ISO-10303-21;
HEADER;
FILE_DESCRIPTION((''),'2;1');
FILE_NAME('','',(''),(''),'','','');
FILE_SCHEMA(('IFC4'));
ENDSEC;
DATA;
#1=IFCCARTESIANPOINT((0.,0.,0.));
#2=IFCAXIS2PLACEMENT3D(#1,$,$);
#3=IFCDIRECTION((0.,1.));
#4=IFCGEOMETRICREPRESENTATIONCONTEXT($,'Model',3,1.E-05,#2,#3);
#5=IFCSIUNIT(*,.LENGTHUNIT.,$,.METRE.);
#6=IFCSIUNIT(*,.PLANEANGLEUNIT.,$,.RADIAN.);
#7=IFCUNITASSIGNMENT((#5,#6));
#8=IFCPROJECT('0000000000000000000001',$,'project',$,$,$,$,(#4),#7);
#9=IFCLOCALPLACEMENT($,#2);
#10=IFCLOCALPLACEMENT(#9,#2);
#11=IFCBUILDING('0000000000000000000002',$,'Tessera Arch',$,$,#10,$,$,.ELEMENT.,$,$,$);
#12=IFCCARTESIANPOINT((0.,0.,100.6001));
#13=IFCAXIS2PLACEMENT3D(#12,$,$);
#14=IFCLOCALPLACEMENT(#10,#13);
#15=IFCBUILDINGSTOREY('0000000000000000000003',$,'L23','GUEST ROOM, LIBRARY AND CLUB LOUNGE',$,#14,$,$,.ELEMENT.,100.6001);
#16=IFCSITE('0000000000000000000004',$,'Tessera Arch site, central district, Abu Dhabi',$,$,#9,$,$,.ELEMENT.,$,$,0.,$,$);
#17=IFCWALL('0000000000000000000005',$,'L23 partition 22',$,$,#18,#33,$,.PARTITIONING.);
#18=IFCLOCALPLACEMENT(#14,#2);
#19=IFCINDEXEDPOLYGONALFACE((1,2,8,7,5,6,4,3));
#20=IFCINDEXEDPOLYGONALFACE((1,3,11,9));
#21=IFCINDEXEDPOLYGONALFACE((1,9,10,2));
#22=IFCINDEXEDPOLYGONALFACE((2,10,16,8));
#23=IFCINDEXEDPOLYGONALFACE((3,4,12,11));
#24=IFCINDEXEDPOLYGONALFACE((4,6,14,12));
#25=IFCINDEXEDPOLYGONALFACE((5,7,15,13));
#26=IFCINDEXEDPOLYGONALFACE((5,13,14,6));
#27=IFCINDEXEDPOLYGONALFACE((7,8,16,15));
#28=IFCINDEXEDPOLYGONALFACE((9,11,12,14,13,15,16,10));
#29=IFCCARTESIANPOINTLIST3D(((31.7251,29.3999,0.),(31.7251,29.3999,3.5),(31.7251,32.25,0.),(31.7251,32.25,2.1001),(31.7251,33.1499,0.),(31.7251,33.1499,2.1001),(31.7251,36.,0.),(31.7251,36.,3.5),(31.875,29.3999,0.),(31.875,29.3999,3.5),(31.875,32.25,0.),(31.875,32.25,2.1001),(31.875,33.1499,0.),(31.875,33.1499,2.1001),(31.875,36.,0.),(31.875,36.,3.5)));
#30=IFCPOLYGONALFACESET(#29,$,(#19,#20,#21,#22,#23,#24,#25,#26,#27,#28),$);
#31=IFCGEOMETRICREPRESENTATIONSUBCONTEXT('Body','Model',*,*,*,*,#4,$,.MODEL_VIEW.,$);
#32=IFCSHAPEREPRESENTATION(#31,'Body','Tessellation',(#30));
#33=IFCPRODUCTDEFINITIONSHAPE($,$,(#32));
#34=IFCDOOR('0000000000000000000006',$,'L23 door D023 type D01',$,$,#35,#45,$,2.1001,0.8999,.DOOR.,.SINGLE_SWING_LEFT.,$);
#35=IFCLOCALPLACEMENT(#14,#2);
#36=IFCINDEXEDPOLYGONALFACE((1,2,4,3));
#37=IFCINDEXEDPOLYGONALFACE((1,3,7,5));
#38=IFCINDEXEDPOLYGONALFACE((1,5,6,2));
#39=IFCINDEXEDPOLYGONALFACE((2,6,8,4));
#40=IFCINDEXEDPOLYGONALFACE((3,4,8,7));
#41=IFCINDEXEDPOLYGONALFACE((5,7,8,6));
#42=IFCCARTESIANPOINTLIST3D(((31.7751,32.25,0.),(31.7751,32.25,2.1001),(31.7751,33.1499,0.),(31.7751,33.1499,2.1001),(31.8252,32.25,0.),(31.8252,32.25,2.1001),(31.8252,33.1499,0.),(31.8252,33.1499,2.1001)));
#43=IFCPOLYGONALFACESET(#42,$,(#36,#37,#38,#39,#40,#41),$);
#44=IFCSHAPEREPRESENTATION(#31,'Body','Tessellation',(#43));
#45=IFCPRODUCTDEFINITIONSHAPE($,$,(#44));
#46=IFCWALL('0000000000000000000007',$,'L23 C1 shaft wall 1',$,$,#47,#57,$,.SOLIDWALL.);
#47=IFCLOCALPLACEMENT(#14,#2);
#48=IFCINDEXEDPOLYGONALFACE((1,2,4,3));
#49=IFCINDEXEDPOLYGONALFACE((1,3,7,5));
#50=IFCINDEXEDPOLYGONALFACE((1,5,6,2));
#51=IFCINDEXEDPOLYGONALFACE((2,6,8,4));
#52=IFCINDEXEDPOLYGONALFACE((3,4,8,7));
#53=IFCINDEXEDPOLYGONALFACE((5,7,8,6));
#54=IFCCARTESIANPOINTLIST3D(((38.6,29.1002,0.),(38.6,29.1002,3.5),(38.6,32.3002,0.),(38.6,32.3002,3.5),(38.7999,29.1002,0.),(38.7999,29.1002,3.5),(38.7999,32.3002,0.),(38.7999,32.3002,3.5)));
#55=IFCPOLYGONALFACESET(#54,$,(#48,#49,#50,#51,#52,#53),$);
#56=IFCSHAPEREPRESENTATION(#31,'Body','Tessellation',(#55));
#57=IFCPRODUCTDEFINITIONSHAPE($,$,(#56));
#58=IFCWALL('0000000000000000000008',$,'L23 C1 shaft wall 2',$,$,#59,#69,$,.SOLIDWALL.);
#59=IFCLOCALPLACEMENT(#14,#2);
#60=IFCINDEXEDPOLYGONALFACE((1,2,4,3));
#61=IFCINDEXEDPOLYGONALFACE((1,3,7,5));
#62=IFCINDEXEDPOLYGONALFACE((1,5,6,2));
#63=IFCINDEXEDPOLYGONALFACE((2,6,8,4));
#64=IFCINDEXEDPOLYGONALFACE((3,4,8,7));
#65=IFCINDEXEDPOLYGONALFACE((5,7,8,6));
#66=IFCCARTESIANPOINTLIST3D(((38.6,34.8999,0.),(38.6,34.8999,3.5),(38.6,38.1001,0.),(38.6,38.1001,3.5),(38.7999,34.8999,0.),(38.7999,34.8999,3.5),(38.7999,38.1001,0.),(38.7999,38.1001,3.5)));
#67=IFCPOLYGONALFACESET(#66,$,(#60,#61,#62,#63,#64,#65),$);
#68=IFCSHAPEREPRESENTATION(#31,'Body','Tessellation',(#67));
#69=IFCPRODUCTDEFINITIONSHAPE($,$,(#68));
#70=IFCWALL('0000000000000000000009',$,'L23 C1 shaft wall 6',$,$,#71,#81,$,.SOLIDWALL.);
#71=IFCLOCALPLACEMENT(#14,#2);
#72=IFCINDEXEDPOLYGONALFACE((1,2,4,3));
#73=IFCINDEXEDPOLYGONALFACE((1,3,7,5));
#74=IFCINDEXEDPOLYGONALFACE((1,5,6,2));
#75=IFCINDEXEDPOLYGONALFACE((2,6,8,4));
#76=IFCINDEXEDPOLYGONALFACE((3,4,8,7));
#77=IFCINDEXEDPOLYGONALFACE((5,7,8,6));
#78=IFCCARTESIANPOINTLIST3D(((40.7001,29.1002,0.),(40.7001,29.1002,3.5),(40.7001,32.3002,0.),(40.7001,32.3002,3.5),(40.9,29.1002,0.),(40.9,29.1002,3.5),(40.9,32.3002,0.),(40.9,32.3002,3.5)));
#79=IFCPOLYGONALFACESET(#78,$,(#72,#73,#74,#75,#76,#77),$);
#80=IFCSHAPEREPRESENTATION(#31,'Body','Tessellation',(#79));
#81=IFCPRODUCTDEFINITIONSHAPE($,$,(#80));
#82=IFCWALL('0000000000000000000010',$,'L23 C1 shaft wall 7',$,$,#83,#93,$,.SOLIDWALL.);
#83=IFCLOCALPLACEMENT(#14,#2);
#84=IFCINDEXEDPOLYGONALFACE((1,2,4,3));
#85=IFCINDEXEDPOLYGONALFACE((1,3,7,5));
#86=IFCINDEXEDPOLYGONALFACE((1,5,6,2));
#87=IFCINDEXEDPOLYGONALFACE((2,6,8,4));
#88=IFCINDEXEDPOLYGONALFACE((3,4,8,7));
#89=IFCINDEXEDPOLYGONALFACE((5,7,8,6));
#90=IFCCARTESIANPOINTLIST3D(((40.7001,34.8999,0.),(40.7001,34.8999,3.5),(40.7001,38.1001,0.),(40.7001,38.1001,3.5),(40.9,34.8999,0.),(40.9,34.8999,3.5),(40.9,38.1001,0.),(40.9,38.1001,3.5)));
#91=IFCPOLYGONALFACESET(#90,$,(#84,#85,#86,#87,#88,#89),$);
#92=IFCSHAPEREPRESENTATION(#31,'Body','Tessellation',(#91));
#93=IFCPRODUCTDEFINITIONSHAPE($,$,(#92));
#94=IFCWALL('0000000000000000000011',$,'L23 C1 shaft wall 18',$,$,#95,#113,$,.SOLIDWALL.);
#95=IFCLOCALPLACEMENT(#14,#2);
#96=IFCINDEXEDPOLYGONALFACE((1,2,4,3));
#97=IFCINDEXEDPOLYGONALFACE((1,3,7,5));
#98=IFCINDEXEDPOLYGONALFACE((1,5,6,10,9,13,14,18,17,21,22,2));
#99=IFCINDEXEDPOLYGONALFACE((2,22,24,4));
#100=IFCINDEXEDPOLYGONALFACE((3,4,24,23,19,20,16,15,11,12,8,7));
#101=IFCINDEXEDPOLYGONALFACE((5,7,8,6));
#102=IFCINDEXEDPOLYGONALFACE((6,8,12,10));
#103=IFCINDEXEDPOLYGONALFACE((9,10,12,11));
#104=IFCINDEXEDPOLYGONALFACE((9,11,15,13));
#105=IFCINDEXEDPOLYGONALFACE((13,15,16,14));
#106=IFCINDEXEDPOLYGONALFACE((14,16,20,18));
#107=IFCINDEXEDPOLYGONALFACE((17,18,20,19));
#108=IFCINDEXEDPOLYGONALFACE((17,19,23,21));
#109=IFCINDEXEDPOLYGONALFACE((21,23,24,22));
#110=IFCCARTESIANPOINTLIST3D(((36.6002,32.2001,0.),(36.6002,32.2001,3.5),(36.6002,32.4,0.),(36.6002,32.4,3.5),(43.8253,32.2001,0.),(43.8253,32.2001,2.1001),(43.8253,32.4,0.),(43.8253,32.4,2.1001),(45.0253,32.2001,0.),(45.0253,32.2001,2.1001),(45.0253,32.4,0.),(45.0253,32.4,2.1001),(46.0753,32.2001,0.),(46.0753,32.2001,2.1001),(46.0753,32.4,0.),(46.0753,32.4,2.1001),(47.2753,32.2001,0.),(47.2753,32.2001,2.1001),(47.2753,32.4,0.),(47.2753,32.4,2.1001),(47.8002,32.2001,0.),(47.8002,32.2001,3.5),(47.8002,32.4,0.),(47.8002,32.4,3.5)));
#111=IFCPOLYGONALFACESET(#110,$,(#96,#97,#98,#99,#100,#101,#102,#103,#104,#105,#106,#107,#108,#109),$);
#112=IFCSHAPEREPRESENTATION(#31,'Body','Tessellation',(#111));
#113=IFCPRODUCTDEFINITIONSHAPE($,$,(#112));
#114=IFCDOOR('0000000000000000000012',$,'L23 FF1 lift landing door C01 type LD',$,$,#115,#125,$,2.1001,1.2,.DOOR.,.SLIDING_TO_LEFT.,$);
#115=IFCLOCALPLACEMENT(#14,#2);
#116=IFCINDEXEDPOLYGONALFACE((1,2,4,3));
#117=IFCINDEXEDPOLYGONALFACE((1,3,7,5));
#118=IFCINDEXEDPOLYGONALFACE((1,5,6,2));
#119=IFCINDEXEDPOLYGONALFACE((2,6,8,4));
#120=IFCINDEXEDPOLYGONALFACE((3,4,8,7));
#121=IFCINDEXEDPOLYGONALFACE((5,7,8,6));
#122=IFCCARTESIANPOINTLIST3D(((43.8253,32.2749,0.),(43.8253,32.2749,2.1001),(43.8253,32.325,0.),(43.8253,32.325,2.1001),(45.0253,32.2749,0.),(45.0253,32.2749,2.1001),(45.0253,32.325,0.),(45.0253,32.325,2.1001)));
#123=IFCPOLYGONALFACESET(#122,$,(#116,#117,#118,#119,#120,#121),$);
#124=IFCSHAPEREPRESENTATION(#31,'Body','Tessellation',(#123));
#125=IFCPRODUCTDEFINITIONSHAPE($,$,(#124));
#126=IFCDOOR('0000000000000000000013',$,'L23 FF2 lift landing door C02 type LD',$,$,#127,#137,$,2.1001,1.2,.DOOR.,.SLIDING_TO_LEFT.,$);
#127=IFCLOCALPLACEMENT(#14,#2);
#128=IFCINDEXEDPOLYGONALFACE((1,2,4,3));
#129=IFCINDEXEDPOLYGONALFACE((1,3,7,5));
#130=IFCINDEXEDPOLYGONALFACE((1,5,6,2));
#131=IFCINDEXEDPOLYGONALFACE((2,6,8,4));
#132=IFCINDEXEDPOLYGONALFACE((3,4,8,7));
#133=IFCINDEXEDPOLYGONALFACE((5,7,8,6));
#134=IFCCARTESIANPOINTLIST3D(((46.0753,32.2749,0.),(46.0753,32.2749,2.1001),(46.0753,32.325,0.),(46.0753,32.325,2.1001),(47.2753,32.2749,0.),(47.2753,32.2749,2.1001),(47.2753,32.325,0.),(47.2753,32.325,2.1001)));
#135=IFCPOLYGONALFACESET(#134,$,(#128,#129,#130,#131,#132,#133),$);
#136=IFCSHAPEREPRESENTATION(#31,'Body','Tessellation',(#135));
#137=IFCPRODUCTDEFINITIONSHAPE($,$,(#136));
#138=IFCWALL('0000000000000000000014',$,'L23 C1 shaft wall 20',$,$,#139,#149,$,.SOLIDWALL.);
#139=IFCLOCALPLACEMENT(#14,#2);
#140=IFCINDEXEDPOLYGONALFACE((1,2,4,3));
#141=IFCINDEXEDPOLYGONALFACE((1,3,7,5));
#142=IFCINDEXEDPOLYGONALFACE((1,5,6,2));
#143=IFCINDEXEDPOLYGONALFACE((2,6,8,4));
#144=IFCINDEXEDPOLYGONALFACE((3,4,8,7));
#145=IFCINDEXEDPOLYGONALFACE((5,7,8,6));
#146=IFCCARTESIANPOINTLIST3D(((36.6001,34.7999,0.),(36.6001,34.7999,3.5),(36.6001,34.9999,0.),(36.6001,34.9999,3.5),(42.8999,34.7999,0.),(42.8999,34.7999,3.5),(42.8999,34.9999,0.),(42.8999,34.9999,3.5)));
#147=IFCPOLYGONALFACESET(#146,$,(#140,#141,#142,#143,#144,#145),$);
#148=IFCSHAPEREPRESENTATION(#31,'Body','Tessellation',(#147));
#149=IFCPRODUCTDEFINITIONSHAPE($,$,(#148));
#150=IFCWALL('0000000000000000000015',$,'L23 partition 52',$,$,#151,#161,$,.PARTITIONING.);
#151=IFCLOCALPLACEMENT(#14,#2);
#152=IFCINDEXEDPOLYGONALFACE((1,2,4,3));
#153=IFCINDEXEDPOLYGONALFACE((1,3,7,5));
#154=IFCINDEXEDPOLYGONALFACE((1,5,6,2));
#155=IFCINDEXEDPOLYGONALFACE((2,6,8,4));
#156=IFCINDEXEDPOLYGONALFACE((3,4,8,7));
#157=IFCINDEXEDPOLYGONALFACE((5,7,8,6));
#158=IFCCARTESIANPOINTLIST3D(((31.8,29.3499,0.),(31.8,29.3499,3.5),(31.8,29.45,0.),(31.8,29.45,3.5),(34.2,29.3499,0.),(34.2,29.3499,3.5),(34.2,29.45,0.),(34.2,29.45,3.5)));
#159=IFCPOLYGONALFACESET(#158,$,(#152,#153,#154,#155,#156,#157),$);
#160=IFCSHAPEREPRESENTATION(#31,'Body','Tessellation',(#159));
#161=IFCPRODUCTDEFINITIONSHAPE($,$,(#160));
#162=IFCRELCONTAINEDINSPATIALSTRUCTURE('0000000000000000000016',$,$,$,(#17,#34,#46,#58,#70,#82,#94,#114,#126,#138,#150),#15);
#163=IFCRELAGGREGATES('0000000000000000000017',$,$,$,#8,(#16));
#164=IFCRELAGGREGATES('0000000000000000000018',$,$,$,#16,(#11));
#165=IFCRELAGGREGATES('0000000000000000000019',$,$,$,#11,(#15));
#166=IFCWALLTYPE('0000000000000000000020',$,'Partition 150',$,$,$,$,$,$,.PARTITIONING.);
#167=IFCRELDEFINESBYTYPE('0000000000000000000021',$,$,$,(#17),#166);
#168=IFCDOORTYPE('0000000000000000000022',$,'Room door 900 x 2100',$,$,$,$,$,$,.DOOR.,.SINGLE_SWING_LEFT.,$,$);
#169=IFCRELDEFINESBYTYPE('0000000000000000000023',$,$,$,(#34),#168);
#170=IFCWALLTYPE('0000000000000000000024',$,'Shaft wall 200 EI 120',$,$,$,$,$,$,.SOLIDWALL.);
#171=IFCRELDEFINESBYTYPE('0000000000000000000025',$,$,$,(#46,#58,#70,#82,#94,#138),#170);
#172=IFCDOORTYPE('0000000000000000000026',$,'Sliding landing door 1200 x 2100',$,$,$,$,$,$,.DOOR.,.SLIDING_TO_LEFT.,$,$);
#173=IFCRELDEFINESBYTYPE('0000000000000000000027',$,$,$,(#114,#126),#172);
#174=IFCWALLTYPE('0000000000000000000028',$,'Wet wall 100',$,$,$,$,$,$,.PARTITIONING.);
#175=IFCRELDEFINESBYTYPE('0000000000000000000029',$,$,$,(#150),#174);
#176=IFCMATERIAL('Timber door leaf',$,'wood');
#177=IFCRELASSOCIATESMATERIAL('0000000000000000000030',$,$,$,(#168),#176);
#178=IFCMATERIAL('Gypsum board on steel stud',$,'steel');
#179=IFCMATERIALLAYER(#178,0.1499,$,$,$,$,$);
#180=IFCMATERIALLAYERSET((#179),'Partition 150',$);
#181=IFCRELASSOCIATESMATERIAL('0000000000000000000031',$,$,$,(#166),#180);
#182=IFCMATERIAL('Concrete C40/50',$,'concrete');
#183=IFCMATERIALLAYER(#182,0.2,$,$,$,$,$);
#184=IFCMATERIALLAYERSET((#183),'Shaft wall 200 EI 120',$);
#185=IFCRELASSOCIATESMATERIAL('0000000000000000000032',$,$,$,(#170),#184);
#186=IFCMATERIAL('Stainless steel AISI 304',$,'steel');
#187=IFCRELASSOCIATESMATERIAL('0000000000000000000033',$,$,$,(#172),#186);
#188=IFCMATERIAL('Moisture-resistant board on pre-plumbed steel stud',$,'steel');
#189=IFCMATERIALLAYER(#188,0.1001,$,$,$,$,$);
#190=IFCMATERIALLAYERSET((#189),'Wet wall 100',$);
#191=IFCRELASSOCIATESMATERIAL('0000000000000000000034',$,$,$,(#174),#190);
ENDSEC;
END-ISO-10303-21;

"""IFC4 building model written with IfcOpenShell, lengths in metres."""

from ifc_helpers import new_model, si_unit, direction, frame, frame_2d, origin, place, context, subcontext, project, spatial, rectangle, extrude, material, layer, layer_set, type_object, element, fill, save


model = new_model("IFC4")

# Units and contexts
model_context = context("Model", 3, precision=1e-05, world=origin(), true_north=direction((0.0, 1.0)))
body_context = subcontext(model_context, "Body", "Model", "MODEL_VIEW")
ifc_project = project(units=[si_unit("LENGTHUNIT", "METRE"), si_unit("PLANEANGLEUNIT", "RADIAN")], contexts=[model_context])

# Site, building, storey
site_placement = place(None, origin())
site = spatial("IfcSite", under=ifc_project, at=site_placement, Name="Tessera Arch site, central district, Abu Dhabi", CompositionType="ELEMENT", RefElevation=0.0)
building_placement = place(site_placement, origin())
building = spatial("IfcBuilding", under=site, at=building_placement, Name="Tessera Arch", CompositionType="ELEMENT")
storey_placement = place(building_placement, frame((0.0, 0.0, 100.6001)))
storey = spatial("IfcBuildingStorey", under=building, at=storey_placement, Name="L23", Description="GUEST ROOM, LIBRARY AND CLUB LOUNGE", CompositionType="ELEMENT", Elevation=100.6001)

# Shared definitions
ifc_material_1 = material(Name="Timber door leaf", Category="wood")
door_type_1 = type_object("IfcDoorType", Name="Room door 900 x 2100", OperationType="SINGLE_SWING_LEFT", PredefinedType="DOOR", material=ifc_material_1)

# Wall, opening, door
ifc_material_2 = material(Name="Gypsum board on steel stud", Category="steel")
ifc_layer_1 = layer(ifc_material_2, 0.1499)
ifc_layer_set_1 = layer_set([ifc_layer_1], Name="Partition 150")
wall_type_1 = type_object("IfcWallType", Name="Partition 150", PredefinedType="PARTITIONING", material=ifc_layer_set_1)
wall_1_placement = place(storey_placement, frame((31.8, 29.3999, 0.0), z_axis=(0.0, 0.0, 1.0), x_axis=(0.0, 1.0, 0.0)))
wall_1 = element("IfcWall", 1, at=wall_1_placement, inside=storey, type_object=wall_type_1, Name="L23 partition 22", PredefinedType="PARTITIONING", context=body_context, shape_type="SweptSolid", body=[
    extrude(rectangle(XDim=6.6001, YDim=0.1499, at=frame_2d((3.3, 0.0))), origin(), (0.0, 0.0, 1.0), 3.5),
])
opening_1_placement = place(wall_1_placement, frame((2.8501, 0.0, 0.0)))
opening_1 = element("IfcOpeningElement", 2, at=opening_1_placement, cuts=wall_1, PredefinedType="OPENING", context=body_context, shape_type="SweptSolid", body=[
    extrude(rectangle(XDim=0.8999, YDim=2.1001, at=frame_2d((0.45, 1.05))), frame((0.0, 0.085, 0.0), z_axis=(0.0, -1.0, 0.0), x_axis=(1.0, 0.0, 0.0)), (0.0, 0.0, 1.0), 0.1699),
])
door_1_placement = place(opening_1_placement, origin())
door_1 = element("IfcDoor", 3, at=door_1_placement, inside=storey, type_object=door_type_1, Name="L23 door D023 type D01", OperationType="SINGLE_SWING_LEFT", OverallHeight=2.1001, OverallWidth=0.8999, PredefinedType="DOOR", context=body_context, shape_type="SweptSolid", body=[
    extrude(rectangle(XDim=0.8999, YDim=2.1001, at=frame_2d((0.45, 1.05))), frame((0.0, 0.0249, 0.0), z_axis=(0.0, -1.0, 0.0), x_axis=(1.0, 0.0, 0.0)), (0.0, 0.0, 1.0), 0.05),
])
fill(opening_1, door_1)

# Walls
ifc_material_3 = material(Name="Concrete C40/50", Category="concrete")
ifc_layer_2 = layer(ifc_material_3, 0.2)
ifc_layer_set_2 = layer_set([ifc_layer_2], Name="Shaft wall 200 EI 120")
wall_type_2 = type_object("IfcWallType", Name="Shaft wall 200 EI 120", PredefinedType="SOLIDWALL", material=ifc_layer_set_2)
wall_2_placement = place(storey_placement, frame((38.7, 29.1001, 0.0), z_axis=(0.0, 0.0, 1.0), x_axis=(0.0, 1.0, 0.0)))
element("IfcWall", 4, at=wall_2_placement, inside=storey, type_object=wall_type_2, Name="L23 C1 shaft wall 1", PredefinedType="SOLIDWALL", context=body_context, shape_type="SweptSolid", body=[
    extrude(rectangle(XDim=3.2, YDim=0.2, at=frame_2d((1.6001, 0.0))), origin(), (0.0, 0.0, 1.0), 3.5),
])
wall_3_placement = place(storey_placement, frame((38.7, 34.8999, 0.0), z_axis=(0.0, 0.0, 1.0), x_axis=(0.0, 1.0, 0.0)))
element("IfcWall", 5, at=wall_3_placement, inside=storey, type_object=wall_type_2, Name="L23 C1 shaft wall 2", PredefinedType="SOLIDWALL", context=body_context, shape_type="SweptSolid", body=[
    extrude(rectangle(XDim=3.2002, YDim=0.2, at=frame_2d((1.6001, 0.0))), origin(), (0.0, 0.0, 1.0), 3.5),
])
wall_4_placement = place(storey_placement, frame((40.8, 29.1001, 0.0), z_axis=(0.0, 0.0, 1.0), x_axis=(0.0, 1.0, 0.0)))
element("IfcWall", 6, at=wall_4_placement, inside=storey, type_object=wall_type_2, Name="L23 C1 shaft wall 6", PredefinedType="SOLIDWALL", context=body_context, shape_type="SweptSolid", body=[
    extrude(rectangle(XDim=3.2, YDim=0.2, at=frame_2d((1.6001, 0.0))), origin(), (0.0, 0.0, 1.0), 3.5),
])
wall_5_placement = place(storey_placement, frame((40.8, 34.8999, 0.0), z_axis=(0.0, 0.0, 1.0), x_axis=(0.0, 1.0, 0.0)))
element("IfcWall", 7, at=wall_5_placement, inside=storey, type_object=wall_type_2, Name="L23 C1 shaft wall 7", PredefinedType="SOLIDWALL", context=body_context, shape_type="SweptSolid", body=[
    extrude(rectangle(XDim=3.2002, YDim=0.2, at=frame_2d((1.6001, 0.0))), origin(), (0.0, 0.0, 1.0), 3.5),
])

# Wall, openings, doors
wall_6_placement = place(storey_placement, frame((36.6001, 32.3, 0.0), z_axis=(0.0, 0.0, 1.0), x_axis=(1.0, 0.0, 0.0)))
wall_6 = element("IfcWall", 8, at=wall_6_placement, inside=storey, type_object=wall_type_2, Name="L23 C1 shaft wall 18", PredefinedType="SOLIDWALL", context=body_context, shape_type="SweptSolid", body=[
    extrude(rectangle(XDim=11.2, YDim=0.2, at=frame_2d((5.6001, 0.0))), origin(), (0.0, 0.0, 1.0), 3.5),
])
opening_2_placement = place(wall_6_placement, frame((7.2251, 0.0, 0.0)))
opening_2 = element("IfcOpeningElement", 9, at=opening_2_placement, cuts=wall_6, PredefinedType="OPENING", context=body_context, shape_type="SweptSolid", body=[
    extrude(rectangle(XDim=1.2, YDim=2.1001, at=frame_2d((0.6001, 1.05))), frame((0.0, 0.1099, 0.0), z_axis=(0.0, -1.0, 0.0), x_axis=(1.0, 0.0, 0.0)), (0.0, 0.0, 1.0), 0.22),
])
opening_3_placement = place(wall_6_placement, frame((9.4751, 0.0, 0.0)))
opening_3 = element("IfcOpeningElement", 10, at=opening_3_placement, cuts=wall_6, PredefinedType="OPENING", context=body_context, shape_type="SweptSolid", body=[
    extrude(rectangle(XDim=1.2, YDim=2.1001, at=frame_2d((0.6001, 1.05))), frame((0.0, 0.1099, 0.0), z_axis=(0.0, -1.0, 0.0), x_axis=(1.0, 0.0, 0.0)), (0.0, 0.0, 1.0), 0.22),
])
ifc_material_4 = material(Name="Stainless steel AISI 304", Category="steel")
door_type_2 = type_object("IfcDoorType", Name="Sliding landing door 1200 x 2100", OperationType="SLIDING_TO_LEFT", PredefinedType="DOOR", material=ifc_material_4)
door_2_placement = place(opening_2_placement, origin())
door_2 = element("IfcDoor", 11, at=door_2_placement, inside=storey, type_object=door_type_2, Name="L23 FF1 lift landing door C01 type LD", OperationType="SLIDING_TO_LEFT", OverallHeight=2.1001, OverallWidth=1.2, PredefinedType="DOOR", context=body_context, shape_type="SweptSolid", body=[
    extrude(rectangle(XDim=1.2, YDim=2.1001, at=frame_2d((0.6001, 1.05))), frame((0.0, 0.0249, 0.0), z_axis=(0.0, -1.0, 0.0), x_axis=(1.0, 0.0, 0.0)), (0.0, 0.0, 1.0), 0.05),
])
fill(opening_2, door_2)
door_3_placement = place(opening_3_placement, origin())
door_3 = element("IfcDoor", 12, at=door_3_placement, inside=storey, type_object=door_type_2, Name="L23 FF2 lift landing door C02 type LD", OperationType="SLIDING_TO_LEFT", OverallHeight=2.1001, OverallWidth=1.2, PredefinedType="DOOR", context=body_context, shape_type="SweptSolid", body=[
    extrude(rectangle(XDim=1.2, YDim=2.1001, at=frame_2d((0.6001, 1.05))), frame((0.0, 0.0249, 0.0), z_axis=(0.0, -1.0, 0.0), x_axis=(1.0, 0.0, 0.0)), (0.0, 0.0, 1.0), 0.05),
])
fill(opening_3, door_3)

# Walls
wall_7_placement = place(storey_placement, frame((36.6001, 34.8999, 0.0), z_axis=(0.0, 0.0, 1.0), x_axis=(1.0, 0.0, 0.0)))
element("IfcWall", 13, at=wall_7_placement, inside=storey, type_object=wall_type_2, Name="L23 C1 shaft wall 20", PredefinedType="SOLIDWALL", context=body_context, shape_type="SweptSolid", body=[
    extrude(rectangle(XDim=6.2998, YDim=0.2, at=frame_2d((3.1499, 0.0))), origin(), (0.0, 0.0, 1.0), 3.5),
])
ifc_material_5 = material(Name="Moisture-resistant board on pre-plumbed steel stud", Category="steel")
ifc_layer_3 = layer(ifc_material_5, 0.1001)
ifc_layer_set_3 = layer_set([ifc_layer_3], Name="Wet wall 100")
wall_type_3 = type_object("IfcWallType", Name="Wet wall 100", PredefinedType="PARTITIONING", material=ifc_layer_set_3)
wall_8_placement = place(storey_placement, frame((31.8, 29.3999, 0.0), z_axis=(0.0, 0.0, 1.0), x_axis=(1.0, 0.0, 0.0)))
element("IfcWall", 14, at=wall_8_placement, inside=storey, type_object=wall_type_3, Name="L23 partition 52", PredefinedType="PARTITIONING", context=body_context, shape_type="SweptSolid", body=[
    extrude(rectangle(XDim=2.3999, YDim=0.1001, at=frame_2d((1.2, 0.0))), origin(), (0.0, 0.0, 1.0), 3.5),
])

save(model, "model.ifc")
